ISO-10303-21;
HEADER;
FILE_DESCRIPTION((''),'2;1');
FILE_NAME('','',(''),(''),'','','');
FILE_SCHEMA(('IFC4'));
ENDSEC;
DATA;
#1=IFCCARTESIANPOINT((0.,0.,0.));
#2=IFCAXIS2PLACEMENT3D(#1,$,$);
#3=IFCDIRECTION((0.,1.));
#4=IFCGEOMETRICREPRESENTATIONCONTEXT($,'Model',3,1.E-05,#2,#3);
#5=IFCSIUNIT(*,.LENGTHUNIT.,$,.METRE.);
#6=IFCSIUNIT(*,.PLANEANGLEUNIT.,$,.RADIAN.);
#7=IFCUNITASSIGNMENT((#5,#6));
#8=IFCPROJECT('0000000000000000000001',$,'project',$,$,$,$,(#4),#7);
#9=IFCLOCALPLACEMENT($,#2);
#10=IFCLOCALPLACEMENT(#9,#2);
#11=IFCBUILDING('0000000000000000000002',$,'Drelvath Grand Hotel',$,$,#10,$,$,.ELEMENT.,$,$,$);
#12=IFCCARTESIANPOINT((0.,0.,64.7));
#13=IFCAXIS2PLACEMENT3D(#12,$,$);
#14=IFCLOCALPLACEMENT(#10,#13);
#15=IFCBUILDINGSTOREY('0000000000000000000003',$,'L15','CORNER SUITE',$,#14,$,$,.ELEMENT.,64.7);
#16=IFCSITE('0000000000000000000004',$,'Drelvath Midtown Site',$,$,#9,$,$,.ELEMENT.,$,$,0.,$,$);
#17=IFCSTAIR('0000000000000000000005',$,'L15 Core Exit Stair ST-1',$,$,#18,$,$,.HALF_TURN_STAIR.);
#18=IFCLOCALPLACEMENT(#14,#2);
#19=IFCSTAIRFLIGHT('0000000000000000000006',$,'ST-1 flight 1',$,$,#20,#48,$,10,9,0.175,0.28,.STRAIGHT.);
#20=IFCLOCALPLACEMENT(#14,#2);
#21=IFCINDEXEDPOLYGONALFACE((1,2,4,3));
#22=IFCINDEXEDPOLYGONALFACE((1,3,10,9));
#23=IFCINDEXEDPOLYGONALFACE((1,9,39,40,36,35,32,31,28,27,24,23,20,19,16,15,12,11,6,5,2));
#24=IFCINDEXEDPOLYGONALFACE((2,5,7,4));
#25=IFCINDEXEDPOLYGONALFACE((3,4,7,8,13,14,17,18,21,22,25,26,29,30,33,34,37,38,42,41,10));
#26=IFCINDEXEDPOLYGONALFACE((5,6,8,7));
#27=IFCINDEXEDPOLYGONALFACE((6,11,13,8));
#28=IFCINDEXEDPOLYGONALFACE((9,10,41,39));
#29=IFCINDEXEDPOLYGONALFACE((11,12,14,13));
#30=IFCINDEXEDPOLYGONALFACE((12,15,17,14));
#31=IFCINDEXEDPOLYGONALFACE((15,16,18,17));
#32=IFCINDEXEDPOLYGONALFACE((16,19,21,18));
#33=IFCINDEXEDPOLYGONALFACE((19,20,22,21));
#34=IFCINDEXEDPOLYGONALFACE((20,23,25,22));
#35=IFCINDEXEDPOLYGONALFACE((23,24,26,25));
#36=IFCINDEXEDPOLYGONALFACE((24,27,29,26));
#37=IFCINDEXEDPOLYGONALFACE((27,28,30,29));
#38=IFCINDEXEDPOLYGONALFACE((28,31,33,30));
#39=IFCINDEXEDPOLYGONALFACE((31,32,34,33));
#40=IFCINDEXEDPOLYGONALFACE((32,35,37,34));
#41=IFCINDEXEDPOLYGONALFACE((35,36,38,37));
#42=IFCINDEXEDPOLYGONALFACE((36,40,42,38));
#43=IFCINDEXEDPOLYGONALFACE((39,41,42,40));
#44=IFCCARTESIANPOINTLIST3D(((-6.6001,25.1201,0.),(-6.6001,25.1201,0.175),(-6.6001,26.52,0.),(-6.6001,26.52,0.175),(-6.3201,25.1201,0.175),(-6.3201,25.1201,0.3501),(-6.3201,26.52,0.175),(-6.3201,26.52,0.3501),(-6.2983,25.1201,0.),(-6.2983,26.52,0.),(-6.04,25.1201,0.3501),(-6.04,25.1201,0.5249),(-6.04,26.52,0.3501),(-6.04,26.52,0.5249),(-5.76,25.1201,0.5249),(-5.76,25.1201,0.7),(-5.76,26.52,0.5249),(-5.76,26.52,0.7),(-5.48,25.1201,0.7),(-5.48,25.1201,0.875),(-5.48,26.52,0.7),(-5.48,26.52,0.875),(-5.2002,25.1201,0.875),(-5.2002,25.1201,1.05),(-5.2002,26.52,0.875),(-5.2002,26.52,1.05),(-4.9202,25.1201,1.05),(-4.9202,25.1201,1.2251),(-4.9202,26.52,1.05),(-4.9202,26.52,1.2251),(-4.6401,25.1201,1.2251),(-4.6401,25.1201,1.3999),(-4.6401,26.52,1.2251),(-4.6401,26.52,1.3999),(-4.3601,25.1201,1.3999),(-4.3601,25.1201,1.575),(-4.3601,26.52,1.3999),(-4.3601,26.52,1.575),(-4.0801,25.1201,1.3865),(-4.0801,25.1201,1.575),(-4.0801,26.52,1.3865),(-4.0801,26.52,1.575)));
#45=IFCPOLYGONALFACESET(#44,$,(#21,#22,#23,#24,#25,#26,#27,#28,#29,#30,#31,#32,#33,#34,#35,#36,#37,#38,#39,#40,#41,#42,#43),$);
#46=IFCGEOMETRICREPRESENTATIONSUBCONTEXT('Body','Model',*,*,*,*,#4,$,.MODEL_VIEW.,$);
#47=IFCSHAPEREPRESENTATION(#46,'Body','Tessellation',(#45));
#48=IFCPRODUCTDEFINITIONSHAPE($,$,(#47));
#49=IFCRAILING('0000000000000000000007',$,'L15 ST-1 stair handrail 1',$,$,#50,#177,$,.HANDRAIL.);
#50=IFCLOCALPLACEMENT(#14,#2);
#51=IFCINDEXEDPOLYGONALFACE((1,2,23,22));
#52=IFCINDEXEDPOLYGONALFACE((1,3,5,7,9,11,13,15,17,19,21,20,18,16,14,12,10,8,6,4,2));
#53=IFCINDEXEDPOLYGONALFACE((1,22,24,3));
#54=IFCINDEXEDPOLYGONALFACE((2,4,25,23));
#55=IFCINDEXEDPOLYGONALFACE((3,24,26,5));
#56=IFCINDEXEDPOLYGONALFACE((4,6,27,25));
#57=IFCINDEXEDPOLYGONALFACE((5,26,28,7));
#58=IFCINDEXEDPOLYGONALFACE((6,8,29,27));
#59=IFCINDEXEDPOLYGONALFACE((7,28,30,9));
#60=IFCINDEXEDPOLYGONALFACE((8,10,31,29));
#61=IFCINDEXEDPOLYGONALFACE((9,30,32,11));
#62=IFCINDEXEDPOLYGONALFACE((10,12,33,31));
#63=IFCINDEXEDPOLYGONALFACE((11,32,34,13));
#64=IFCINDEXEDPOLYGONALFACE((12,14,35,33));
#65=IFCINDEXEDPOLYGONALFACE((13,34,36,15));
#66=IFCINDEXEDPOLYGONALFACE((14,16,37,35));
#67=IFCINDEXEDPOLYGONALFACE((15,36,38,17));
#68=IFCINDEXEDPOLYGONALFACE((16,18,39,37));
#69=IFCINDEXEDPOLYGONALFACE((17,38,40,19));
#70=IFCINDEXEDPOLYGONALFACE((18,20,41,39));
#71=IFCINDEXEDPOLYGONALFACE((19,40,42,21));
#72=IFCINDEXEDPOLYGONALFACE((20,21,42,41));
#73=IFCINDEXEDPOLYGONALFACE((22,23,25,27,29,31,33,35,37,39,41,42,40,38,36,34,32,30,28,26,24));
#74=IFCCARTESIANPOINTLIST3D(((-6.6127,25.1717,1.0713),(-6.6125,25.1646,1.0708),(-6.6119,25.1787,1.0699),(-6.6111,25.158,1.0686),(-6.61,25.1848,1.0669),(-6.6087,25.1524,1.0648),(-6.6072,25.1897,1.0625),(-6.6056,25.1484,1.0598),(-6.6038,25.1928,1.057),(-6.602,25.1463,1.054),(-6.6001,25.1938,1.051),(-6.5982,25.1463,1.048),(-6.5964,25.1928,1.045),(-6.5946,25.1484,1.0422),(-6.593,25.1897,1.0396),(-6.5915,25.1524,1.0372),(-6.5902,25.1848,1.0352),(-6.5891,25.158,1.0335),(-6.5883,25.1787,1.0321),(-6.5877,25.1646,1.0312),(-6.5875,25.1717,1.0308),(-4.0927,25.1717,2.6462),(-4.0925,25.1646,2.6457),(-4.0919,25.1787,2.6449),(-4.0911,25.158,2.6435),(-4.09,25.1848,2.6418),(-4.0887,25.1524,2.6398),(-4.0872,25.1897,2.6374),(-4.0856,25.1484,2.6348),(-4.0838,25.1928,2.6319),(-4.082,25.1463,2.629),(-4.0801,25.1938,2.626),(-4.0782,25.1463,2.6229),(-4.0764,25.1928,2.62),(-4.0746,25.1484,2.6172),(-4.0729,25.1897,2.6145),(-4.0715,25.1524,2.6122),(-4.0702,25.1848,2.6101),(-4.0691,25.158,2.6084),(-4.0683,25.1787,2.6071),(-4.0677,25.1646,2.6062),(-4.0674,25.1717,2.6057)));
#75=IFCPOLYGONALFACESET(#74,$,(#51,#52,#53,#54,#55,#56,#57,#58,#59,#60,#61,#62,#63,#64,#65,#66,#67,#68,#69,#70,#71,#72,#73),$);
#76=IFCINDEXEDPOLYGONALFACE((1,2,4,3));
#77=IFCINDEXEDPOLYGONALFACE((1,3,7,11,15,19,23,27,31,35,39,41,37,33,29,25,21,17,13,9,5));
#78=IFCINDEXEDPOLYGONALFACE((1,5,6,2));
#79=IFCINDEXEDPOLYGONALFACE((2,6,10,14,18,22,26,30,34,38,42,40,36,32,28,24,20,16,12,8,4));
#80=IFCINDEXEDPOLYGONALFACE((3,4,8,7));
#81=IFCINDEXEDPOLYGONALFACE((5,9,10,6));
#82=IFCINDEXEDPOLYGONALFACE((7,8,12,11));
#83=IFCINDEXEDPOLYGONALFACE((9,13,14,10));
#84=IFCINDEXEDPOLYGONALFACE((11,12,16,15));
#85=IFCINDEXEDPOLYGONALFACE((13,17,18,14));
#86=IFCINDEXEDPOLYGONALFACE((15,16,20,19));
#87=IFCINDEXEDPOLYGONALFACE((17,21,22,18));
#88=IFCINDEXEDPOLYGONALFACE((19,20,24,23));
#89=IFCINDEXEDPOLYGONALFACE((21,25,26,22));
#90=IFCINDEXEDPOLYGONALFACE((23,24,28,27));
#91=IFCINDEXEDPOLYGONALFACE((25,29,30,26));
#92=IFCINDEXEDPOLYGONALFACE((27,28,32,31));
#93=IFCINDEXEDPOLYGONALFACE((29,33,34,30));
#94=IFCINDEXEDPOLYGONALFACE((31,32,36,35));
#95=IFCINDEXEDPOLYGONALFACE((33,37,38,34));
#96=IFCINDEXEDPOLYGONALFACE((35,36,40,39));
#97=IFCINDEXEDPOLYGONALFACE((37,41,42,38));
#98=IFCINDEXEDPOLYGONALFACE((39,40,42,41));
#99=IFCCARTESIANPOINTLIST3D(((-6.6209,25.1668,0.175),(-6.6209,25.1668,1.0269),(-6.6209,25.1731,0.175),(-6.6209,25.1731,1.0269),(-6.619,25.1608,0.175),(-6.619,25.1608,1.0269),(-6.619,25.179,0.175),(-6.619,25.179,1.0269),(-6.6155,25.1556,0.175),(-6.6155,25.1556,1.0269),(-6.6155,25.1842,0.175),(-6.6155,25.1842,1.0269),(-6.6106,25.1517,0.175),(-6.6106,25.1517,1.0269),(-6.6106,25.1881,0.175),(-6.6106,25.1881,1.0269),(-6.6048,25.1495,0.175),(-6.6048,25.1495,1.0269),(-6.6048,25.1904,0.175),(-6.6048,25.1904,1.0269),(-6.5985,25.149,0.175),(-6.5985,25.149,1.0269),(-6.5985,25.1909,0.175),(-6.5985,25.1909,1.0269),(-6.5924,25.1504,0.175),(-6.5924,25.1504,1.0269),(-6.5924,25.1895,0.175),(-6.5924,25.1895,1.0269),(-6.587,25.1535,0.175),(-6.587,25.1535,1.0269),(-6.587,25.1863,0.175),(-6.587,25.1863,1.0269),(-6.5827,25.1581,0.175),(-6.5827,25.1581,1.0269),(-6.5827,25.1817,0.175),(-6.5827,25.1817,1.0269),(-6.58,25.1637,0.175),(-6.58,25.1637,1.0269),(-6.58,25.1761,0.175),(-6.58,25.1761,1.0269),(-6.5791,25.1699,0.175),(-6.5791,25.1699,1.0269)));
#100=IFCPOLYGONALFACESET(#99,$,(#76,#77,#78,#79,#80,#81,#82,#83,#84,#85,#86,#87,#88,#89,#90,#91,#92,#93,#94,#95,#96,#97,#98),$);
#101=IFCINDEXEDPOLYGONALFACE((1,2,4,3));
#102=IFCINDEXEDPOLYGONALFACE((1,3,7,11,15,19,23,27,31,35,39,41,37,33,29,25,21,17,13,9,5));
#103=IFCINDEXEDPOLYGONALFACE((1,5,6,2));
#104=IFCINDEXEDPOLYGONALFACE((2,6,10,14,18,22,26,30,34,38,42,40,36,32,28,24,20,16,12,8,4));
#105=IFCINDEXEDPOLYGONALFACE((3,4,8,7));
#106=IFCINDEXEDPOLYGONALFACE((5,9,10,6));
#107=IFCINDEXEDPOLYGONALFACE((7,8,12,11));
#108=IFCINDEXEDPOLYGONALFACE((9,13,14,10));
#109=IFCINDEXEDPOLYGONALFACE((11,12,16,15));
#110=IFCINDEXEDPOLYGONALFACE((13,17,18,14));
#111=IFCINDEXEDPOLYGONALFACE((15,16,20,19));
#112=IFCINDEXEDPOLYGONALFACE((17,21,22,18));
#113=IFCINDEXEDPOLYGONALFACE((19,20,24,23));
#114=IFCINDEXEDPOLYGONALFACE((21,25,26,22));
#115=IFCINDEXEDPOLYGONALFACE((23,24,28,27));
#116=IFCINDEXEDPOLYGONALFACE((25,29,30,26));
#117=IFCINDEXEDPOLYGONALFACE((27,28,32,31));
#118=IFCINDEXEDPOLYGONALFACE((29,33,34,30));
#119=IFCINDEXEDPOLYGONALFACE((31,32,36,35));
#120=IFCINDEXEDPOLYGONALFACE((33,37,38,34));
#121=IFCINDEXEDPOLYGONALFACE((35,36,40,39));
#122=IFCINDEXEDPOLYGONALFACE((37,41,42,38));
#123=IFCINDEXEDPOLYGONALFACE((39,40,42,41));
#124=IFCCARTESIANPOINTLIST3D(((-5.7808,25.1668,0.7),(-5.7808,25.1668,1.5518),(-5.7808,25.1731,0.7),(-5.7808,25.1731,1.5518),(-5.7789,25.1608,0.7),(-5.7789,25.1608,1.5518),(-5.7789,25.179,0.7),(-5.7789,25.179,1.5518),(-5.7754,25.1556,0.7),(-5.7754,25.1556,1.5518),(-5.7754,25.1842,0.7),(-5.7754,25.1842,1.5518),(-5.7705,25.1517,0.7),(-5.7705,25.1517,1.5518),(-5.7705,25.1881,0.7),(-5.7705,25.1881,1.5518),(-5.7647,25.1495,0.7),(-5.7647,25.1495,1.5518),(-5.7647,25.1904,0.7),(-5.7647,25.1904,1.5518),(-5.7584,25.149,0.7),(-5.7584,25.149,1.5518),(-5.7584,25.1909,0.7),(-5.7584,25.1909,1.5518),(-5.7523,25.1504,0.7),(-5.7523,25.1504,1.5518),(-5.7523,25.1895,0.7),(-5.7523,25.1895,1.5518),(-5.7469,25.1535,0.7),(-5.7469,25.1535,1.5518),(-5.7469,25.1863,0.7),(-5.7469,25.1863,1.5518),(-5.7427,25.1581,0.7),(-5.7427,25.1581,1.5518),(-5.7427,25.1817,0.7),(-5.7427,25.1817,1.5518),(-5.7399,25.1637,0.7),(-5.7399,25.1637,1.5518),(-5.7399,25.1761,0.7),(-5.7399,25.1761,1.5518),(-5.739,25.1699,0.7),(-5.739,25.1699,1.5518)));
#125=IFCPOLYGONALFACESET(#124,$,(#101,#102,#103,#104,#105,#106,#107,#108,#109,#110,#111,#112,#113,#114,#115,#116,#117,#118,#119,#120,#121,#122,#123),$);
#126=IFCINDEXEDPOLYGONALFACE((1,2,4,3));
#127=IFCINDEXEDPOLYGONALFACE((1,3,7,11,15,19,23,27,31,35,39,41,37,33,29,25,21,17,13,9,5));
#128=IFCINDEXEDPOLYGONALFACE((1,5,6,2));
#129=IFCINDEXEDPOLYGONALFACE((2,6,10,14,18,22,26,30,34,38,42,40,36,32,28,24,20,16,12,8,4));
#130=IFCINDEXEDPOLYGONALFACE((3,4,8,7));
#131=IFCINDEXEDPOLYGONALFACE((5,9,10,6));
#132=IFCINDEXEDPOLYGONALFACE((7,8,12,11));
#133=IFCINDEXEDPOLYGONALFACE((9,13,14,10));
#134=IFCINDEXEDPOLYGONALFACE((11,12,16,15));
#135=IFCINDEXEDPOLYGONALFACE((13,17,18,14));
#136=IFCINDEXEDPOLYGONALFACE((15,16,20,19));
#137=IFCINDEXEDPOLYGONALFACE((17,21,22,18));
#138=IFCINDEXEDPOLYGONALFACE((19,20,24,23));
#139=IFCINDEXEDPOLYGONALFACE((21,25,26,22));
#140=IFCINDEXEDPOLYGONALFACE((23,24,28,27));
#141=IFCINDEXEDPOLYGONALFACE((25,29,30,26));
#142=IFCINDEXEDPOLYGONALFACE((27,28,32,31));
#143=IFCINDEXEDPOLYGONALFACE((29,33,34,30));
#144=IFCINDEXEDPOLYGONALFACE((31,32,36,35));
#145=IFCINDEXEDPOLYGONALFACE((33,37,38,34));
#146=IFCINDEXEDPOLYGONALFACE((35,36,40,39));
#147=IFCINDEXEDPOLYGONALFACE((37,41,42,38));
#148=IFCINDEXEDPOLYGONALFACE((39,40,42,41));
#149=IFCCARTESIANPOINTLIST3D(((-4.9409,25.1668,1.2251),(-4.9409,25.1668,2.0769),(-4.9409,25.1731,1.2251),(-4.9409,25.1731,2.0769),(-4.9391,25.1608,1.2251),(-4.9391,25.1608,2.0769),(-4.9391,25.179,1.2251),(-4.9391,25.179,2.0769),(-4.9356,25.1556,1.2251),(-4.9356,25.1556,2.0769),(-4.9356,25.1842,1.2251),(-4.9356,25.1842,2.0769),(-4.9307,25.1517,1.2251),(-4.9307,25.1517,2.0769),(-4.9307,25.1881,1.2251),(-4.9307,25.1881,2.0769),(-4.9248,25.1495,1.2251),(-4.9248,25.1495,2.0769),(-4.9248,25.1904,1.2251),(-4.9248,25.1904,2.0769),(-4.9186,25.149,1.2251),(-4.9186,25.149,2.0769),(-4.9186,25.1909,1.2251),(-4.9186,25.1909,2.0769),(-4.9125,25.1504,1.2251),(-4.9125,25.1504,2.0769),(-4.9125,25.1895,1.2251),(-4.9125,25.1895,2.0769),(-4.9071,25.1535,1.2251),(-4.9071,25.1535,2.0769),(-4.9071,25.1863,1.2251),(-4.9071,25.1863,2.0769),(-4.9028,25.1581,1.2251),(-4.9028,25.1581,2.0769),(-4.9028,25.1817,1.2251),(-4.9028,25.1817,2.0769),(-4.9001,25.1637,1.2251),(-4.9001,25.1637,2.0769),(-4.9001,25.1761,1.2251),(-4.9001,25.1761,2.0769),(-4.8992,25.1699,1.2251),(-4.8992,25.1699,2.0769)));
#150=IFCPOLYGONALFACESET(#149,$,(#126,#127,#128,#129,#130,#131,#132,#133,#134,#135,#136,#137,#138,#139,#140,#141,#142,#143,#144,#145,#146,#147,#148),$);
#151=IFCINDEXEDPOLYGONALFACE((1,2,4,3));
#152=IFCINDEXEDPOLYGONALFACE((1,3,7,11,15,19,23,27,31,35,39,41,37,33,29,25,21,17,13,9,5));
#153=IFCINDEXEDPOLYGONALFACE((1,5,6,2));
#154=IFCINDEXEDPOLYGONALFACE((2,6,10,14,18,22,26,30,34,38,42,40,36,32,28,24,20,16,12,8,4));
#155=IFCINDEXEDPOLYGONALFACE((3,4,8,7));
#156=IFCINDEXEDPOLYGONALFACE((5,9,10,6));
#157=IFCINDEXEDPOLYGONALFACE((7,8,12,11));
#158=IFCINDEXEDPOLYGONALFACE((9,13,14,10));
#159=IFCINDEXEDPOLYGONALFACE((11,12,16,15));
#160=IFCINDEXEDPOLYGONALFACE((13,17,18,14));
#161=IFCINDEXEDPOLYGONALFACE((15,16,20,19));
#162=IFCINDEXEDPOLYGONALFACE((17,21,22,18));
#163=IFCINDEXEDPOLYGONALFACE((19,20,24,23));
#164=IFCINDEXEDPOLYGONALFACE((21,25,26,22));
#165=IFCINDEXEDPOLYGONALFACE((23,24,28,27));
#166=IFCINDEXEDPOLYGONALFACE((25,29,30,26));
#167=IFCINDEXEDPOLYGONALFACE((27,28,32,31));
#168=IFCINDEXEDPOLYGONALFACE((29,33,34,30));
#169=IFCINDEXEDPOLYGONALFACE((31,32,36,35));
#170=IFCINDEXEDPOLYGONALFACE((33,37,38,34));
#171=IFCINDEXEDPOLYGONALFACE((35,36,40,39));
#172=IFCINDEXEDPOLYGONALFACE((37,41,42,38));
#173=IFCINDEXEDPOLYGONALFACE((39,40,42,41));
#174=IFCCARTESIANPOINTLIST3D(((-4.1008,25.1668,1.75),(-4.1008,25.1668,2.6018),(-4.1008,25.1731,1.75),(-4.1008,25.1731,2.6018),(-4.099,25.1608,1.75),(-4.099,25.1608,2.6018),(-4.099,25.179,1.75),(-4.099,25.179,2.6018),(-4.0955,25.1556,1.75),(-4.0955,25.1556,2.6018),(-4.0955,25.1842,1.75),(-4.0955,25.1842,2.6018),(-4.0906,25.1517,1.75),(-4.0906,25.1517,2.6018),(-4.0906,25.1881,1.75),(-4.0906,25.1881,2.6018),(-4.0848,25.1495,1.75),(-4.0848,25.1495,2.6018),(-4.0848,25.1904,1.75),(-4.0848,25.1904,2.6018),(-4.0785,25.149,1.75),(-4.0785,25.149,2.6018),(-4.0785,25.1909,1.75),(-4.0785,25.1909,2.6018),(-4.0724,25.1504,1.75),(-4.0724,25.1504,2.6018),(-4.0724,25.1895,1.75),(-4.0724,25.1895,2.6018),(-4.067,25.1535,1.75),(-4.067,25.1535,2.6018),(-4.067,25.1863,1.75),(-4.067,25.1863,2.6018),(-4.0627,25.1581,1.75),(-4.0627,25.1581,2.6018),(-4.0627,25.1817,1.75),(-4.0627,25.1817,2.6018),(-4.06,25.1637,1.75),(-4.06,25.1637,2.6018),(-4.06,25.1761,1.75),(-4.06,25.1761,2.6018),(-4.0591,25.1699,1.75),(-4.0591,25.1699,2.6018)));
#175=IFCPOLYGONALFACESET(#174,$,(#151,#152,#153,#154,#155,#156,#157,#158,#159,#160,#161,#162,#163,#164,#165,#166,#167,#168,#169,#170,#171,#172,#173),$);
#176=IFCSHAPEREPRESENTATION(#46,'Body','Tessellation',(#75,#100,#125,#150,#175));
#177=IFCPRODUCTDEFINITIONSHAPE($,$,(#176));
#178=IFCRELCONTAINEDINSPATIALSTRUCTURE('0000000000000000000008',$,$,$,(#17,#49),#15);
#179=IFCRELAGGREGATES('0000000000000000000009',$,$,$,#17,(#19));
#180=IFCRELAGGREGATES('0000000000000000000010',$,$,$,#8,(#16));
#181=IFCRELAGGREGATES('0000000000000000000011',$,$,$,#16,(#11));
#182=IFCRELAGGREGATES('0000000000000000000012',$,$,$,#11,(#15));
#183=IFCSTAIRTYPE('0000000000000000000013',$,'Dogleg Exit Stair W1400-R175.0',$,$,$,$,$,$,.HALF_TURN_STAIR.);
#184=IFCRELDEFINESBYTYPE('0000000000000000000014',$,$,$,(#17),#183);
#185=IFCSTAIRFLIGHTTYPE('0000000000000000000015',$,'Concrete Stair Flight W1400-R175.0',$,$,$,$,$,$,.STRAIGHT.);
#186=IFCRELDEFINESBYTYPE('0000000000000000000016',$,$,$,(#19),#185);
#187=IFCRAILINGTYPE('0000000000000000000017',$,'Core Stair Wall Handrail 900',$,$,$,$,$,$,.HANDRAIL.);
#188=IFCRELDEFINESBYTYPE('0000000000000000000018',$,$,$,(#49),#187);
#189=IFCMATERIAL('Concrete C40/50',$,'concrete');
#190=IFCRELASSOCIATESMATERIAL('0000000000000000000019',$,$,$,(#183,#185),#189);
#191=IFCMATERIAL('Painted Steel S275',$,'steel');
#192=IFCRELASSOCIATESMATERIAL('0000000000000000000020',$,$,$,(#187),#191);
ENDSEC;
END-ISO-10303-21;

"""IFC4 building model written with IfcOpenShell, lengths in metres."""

from ifc_helpers import new_model, si_unit, direction, frame, origin, origin_2d, place, context, subcontext, project, spatial, polyline, circle, outline, extrude, material, type_object, element, aggregate, save


model = new_model("IFC4")

# Units and contexts
model_context = context("Model", 3, precision=1e-05, world=origin(), true_north=direction((0.0, 1.0)))
body_context = subcontext(model_context, "Body", "Model", "MODEL_VIEW")
ifc_project = project(units=[si_unit("LENGTHUNIT", "METRE"), si_unit("PLANEANGLEUNIT", "RADIAN")], contexts=[model_context])

# Site, building, storey
site_placement = place(None, origin())
site = spatial("IfcSite", under=ifc_project, at=site_placement, Name="Drelvath Midtown Site", CompositionType="ELEMENT", RefElevation=0.0)
building_placement = place(site_placement, origin())
building = spatial("IfcBuilding", under=site, at=building_placement, Name="Drelvath Grand Hotel", CompositionType="ELEMENT")
storey_placement = place(building_placement, frame((0.0, 0.0, 64.7)))
storey = spatial("IfcBuildingStorey", under=building, at=storey_placement, Name="L15", Description="CORNER SUITE", CompositionType="ELEMENT", Elevation=64.7)

# Shared definitions
ifc_material_1 = material(Name="Concrete C40/50", Category="concrete")

# Shared definitions
ifc_material_2 = material(Name="Painted Steel S275", Category="steel")

# Stair, stair flight
stair_type = type_object("IfcStairType", Name="Dogleg Exit Stair W1400-R175.0", PredefinedType="HALF_TURN_STAIR", material=ifc_material_1)
stair_placement = place(storey_placement, origin())
stair = element("IfcStair", 1, at=stair_placement, inside=storey, type_object=stair_type, Name="L15 Core Exit Stair ST-1", PredefinedType="HALF_TURN_STAIR")
stair_flight_type = type_object("IfcStairFlightType", Name="Concrete Stair Flight W1400-R175.0", PredefinedType="STRAIGHT", material=ifc_material_1)
stair_flight_placement = place(storey_placement, frame((-6.6001, 25.8201, 0.0), z_axis=(0.0, 0.0, 1.0), x_axis=(1.0, 0.0, 0.0)))
stair_flight = element("IfcStairFlight", 2, at=stair_flight_placement, type_object=stair_flight_type, Name="ST-1 flight 1", NumberOfRisers=10, NumberOfTreads=9, PredefinedType="STRAIGHT", RiserHeight=0.175, TreadLength=0.28, context=body_context, shape_type="SweptSolid", body=[
    extrude(outline(polyline([(0.0, 0.0), (0.0, 0.175), (0.28, 0.175), (0.28, 0.3501), (0.5601, 0.3501), (0.5601, 0.5249), (0.8401, 0.5249), (0.8401, 0.7), (1.1201, 0.7), (1.1201, 0.875), (1.3999, 0.875), (1.3999, 1.05), (1.6799, 1.05), (1.6799, 1.2251), (1.96, 1.2251), (1.96, 1.3999), (2.24, 1.3999), (2.24, 1.575), (2.52, 1.575), (2.52, 1.75), (2.52, 1.3865), (0.3018, 0.0), (0.0, 0.0)])), frame((0.0, 0.7, 0.0), z_axis=(0.0, -1.0, 0.0), x_axis=(1.0, 0.0, 0.0)), (0.0, 0.0, 1.0), 1.3999),
])
aggregate(stair, [stair_flight])

# Railing
railing_type_1 = type_object("IfcRailingType", Name="Core Stair Wall Handrail 900", PredefinedType="HANDRAIL", material=ifc_material_2)
railing_1_placement = place(storey_placement, frame((-6.6001, 25.1699, 0.175)))
element("IfcRailing", 3, at=railing_1_placement, inside=storey, type_object=railing_type_1, Name="L15 ST-1 stair handrail 1", PredefinedType="HANDRAIL", context=body_context, shape_type="SweptSolid", body=[
    extrude(circle(Radius=0.0239, at=origin_2d()), frame((0.0, 0.0, 0.876), z_axis=(0.848008, 0.0, 0.529984), x_axis=(0.0, 1.0, 0.0)), (0.0, 0.0, 1.0), 2.9717),
    extrude(circle(Radius=0.021, at=origin_2d()), origin(), (0.0, 0.0, 1.0), 0.8518),
    extrude(circle(Radius=0.021, at=origin_2d()), frame((0.8401, 0.0, 0.5249)), (0.0, 0.0, 1.0), 0.8518),
    extrude(circle(Radius=0.021, at=origin_2d()), frame((1.6799, 0.0, 1.05)), (0.0, 0.0, 1.0), 0.8518),
    extrude(circle(Radius=0.021, at=origin_2d()), frame((2.52, 0.0, 1.575)), (0.0, 0.0, 1.0), 0.8518),
])

save(model, "model.ifc")
